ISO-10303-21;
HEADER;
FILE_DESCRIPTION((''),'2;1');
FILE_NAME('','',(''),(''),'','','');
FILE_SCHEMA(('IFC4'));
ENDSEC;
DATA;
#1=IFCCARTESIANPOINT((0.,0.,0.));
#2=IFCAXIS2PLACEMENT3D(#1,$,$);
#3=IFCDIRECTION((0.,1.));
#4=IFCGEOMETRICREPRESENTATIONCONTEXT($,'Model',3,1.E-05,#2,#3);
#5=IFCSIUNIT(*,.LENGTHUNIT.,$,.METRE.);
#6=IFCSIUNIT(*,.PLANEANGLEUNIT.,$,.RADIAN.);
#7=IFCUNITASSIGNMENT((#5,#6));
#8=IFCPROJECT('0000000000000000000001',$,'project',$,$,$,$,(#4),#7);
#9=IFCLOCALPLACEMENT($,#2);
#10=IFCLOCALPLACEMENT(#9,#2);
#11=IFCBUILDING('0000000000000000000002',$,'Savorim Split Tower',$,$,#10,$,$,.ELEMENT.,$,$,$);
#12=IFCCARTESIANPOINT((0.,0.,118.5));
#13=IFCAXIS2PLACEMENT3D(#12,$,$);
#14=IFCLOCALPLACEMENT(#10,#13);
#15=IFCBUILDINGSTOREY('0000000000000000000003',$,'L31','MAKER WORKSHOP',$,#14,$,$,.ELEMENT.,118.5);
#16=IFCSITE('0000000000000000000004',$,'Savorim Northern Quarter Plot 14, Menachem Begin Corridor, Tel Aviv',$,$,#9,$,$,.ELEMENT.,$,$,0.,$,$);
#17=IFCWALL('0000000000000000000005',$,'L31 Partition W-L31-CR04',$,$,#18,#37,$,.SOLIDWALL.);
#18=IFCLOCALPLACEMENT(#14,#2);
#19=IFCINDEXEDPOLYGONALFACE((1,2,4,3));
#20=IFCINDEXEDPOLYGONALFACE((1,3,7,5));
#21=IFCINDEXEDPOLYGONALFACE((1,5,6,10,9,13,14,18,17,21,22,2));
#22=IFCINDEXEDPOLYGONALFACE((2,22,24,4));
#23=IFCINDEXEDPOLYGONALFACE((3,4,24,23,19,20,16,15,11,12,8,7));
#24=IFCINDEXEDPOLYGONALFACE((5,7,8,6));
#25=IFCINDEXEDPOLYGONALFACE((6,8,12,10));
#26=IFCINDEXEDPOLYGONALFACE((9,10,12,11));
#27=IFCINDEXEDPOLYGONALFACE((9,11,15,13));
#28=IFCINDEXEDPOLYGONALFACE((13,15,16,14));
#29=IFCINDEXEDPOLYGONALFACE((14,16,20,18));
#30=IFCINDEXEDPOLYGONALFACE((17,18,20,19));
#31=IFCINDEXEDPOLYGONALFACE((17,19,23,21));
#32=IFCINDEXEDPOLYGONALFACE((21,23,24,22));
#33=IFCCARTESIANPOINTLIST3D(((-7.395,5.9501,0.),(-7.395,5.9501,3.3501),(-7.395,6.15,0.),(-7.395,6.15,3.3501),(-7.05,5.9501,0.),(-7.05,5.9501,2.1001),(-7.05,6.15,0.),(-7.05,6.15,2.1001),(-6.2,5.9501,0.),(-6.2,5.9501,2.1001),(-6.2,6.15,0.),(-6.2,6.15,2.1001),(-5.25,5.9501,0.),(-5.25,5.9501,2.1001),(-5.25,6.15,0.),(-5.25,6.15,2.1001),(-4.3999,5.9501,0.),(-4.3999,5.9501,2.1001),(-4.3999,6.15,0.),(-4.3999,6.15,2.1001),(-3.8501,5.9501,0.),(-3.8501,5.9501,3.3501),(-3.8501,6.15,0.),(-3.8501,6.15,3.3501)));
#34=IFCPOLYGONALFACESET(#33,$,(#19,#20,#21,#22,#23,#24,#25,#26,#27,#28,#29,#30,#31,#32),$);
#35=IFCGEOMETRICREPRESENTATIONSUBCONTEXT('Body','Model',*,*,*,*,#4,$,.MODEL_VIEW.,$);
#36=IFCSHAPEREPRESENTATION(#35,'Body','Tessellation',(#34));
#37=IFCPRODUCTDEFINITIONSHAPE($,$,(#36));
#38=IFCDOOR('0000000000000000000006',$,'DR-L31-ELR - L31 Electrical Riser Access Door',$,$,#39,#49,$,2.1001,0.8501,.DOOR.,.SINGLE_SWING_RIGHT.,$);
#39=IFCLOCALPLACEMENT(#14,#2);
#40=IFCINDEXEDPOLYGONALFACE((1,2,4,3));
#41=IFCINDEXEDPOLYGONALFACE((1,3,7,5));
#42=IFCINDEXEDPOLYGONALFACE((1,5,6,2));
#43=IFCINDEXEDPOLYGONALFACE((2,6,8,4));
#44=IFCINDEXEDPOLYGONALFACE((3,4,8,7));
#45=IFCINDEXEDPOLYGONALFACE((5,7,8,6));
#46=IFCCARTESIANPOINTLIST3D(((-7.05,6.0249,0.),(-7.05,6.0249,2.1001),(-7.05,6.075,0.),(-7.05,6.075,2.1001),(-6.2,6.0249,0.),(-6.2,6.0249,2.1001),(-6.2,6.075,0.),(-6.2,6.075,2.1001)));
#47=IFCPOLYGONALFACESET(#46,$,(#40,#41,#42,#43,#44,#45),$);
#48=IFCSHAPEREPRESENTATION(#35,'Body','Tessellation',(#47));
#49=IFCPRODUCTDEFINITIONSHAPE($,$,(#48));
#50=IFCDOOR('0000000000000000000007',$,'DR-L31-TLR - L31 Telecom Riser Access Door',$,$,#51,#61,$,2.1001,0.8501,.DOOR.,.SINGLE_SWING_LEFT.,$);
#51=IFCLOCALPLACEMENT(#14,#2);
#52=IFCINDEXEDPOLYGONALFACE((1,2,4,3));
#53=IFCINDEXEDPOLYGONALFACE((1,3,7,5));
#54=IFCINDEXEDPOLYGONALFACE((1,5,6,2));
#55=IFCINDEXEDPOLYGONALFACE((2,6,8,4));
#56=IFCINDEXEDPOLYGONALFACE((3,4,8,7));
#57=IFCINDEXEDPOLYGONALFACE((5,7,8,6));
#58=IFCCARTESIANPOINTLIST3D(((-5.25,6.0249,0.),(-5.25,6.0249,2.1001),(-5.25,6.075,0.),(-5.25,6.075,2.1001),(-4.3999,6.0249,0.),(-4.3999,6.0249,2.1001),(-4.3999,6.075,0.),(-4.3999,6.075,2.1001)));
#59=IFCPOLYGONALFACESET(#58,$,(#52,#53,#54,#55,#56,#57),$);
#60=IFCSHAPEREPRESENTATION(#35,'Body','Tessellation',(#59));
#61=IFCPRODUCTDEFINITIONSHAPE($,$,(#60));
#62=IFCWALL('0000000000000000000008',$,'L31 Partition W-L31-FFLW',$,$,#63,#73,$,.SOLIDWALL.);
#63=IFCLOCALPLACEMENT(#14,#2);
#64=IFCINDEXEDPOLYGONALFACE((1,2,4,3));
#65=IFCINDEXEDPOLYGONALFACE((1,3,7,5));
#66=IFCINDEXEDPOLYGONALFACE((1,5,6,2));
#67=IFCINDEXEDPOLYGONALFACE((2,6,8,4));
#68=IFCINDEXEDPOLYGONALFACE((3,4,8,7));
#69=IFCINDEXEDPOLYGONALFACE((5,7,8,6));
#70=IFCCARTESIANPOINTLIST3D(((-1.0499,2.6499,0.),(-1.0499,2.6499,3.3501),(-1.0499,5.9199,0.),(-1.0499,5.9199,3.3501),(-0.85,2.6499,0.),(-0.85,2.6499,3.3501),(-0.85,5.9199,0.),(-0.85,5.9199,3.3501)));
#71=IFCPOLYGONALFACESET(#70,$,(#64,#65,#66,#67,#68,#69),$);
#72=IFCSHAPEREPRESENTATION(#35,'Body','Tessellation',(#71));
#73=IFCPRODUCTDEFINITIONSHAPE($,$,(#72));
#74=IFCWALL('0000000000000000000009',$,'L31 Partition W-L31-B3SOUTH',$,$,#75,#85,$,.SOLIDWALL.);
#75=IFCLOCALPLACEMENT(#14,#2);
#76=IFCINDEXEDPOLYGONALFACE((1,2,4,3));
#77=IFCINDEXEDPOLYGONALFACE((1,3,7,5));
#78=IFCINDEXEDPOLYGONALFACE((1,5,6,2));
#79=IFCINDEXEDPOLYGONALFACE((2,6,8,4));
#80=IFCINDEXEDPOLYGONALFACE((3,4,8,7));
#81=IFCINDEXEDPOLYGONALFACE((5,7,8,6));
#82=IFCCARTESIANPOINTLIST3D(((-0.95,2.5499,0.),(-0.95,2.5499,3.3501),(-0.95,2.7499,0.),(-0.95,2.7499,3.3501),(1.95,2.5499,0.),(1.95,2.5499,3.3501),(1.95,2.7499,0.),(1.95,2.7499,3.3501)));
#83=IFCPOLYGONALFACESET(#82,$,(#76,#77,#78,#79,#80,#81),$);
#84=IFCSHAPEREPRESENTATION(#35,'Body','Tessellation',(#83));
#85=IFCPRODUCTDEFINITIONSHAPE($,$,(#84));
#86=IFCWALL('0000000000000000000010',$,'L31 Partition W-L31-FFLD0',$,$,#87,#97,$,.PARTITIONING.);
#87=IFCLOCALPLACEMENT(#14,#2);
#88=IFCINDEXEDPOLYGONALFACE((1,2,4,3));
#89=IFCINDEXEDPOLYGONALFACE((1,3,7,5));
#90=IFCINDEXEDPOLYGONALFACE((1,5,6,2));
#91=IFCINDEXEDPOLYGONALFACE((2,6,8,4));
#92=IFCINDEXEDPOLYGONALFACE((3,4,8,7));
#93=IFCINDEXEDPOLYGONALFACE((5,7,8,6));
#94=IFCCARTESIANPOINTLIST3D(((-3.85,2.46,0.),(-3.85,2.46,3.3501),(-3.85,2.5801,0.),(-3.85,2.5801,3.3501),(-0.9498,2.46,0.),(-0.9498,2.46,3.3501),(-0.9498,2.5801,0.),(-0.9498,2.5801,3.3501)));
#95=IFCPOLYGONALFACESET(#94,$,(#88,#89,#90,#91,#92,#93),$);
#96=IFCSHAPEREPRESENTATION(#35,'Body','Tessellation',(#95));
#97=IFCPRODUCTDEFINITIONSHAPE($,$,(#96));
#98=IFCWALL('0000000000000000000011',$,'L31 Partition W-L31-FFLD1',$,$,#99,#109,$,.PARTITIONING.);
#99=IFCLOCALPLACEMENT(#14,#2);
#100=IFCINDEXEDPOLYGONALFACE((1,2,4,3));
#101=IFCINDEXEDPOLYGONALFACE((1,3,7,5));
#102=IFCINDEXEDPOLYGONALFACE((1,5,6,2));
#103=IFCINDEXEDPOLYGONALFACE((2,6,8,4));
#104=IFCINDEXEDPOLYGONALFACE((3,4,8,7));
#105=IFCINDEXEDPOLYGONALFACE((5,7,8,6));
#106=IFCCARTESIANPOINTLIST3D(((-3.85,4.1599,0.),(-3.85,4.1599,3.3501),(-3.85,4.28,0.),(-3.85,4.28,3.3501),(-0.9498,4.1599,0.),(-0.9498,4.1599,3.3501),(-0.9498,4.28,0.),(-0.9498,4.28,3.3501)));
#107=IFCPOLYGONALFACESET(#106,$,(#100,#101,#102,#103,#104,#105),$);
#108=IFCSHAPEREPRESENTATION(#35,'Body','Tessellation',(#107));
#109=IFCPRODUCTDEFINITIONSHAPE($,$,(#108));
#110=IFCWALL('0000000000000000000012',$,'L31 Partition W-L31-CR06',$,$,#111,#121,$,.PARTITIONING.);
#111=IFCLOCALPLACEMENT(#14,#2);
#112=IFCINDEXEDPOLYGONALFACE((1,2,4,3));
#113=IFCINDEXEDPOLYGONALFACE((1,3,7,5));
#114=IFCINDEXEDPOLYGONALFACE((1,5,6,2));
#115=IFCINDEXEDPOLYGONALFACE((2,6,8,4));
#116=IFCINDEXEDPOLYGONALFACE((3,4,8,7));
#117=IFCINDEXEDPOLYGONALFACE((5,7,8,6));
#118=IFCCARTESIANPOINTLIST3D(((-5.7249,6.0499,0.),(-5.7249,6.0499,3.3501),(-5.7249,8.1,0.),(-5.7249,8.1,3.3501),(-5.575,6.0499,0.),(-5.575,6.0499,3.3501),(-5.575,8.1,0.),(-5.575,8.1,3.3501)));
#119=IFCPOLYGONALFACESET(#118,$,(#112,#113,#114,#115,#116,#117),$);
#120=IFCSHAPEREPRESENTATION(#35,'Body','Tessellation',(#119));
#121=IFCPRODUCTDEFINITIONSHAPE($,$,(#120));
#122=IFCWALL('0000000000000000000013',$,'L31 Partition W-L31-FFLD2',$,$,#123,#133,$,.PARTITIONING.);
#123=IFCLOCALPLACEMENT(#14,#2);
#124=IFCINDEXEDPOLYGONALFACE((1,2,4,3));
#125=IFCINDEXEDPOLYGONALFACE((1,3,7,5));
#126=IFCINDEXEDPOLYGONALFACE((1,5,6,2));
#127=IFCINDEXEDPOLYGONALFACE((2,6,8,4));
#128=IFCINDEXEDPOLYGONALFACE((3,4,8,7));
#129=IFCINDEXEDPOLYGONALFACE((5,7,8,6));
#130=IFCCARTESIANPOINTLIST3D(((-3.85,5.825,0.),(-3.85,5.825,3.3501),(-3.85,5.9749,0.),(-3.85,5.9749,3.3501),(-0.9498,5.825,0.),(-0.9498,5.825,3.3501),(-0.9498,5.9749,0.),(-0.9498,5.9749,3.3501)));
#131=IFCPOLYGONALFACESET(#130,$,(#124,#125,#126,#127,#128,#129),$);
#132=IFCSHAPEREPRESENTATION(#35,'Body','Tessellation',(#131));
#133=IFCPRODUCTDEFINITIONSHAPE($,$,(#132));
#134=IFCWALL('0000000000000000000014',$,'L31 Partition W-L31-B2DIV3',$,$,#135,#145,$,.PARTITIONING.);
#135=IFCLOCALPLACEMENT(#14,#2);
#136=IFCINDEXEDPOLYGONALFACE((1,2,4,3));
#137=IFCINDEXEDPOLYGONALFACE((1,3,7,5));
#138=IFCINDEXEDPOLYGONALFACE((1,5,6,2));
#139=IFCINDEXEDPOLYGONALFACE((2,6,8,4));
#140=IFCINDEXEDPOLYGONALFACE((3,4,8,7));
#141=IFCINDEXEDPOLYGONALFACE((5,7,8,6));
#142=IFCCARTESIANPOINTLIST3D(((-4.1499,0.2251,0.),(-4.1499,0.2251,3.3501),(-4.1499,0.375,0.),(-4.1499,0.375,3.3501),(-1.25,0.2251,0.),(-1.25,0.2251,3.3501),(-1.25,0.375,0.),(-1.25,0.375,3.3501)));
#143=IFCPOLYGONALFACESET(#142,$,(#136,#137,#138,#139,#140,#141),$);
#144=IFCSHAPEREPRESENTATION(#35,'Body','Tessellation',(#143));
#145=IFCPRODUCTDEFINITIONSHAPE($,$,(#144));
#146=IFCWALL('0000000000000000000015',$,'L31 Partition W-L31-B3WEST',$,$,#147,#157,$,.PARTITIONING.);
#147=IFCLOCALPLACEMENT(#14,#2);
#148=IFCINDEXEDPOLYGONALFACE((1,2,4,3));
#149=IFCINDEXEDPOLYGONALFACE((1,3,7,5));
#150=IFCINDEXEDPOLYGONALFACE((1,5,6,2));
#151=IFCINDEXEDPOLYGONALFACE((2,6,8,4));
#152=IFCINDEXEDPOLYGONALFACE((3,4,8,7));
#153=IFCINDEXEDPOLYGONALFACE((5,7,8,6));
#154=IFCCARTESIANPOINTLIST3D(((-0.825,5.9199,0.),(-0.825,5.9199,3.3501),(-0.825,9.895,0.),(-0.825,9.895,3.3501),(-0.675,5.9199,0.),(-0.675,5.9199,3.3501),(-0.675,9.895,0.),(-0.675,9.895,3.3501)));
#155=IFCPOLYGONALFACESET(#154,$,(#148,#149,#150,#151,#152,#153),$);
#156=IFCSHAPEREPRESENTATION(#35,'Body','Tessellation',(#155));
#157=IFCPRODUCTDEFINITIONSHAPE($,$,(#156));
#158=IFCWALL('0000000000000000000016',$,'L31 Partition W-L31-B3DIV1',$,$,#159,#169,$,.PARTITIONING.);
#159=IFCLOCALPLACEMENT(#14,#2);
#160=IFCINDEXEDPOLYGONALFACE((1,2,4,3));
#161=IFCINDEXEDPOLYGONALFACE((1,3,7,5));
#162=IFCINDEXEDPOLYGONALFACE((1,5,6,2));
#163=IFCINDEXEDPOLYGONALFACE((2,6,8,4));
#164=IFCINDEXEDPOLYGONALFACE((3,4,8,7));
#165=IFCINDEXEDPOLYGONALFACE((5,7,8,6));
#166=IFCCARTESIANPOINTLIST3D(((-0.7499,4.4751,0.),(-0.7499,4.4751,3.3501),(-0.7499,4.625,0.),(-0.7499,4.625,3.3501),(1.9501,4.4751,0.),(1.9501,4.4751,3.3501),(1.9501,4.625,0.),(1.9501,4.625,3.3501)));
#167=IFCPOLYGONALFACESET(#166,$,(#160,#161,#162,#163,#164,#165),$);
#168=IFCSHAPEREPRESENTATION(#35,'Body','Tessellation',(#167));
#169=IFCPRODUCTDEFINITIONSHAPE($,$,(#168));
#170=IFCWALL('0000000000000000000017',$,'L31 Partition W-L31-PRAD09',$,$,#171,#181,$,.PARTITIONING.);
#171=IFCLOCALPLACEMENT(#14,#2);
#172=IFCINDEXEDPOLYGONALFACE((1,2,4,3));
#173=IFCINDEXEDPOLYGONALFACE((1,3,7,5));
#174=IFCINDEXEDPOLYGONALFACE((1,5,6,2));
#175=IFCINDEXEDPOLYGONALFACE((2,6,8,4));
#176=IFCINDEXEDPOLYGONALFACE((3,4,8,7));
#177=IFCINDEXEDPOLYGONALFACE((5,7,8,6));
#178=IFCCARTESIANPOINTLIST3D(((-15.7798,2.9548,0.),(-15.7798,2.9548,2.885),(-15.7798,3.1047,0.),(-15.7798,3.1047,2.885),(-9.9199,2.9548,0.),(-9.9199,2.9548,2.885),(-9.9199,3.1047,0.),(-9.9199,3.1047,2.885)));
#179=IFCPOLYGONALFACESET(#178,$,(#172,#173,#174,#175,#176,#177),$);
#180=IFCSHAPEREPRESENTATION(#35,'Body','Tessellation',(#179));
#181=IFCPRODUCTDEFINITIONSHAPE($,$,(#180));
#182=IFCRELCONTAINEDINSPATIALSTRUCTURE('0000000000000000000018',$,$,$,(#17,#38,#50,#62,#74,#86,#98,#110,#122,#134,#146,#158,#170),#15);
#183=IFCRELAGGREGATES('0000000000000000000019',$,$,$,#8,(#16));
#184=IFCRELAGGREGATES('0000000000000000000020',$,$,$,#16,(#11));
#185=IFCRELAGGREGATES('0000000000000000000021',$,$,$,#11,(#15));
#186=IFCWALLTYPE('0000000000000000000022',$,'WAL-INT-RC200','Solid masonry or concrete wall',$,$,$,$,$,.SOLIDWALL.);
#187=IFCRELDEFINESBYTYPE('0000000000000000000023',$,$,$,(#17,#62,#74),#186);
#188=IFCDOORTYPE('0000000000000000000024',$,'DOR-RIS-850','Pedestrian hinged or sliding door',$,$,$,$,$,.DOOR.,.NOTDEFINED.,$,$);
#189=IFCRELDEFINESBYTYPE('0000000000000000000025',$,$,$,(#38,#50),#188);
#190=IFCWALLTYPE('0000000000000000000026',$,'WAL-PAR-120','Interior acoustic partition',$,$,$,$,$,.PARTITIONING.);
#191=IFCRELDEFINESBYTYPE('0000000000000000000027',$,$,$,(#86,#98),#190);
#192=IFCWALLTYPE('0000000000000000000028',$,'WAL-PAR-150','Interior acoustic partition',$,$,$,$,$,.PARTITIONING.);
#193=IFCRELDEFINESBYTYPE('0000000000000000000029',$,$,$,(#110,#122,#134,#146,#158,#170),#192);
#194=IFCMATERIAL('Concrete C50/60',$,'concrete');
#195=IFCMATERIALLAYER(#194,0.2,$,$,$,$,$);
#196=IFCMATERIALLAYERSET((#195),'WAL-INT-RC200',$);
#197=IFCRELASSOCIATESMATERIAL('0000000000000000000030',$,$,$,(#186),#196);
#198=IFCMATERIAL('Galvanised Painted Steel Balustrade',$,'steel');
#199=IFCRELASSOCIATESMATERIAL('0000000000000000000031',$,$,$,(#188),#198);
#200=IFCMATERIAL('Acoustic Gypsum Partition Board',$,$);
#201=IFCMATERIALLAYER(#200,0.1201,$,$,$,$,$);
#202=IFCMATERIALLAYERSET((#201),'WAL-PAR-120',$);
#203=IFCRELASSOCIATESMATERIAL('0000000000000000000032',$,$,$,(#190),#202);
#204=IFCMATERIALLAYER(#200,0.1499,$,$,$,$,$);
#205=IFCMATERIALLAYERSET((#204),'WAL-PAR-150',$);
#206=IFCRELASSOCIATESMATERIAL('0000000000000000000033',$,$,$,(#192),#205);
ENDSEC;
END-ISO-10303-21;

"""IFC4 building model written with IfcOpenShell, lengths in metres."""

from ifc_helpers import new_model, si_unit, direction, frame, frame_2d, origin, place, context, subcontext, project, spatial, rectangle, extrude, material, layer, layer_set, type_object, element, fill, save


model = new_model("IFC4")

# Units and contexts
model_context = context("Model", 3, precision=1e-05, world=origin(), true_north=direction((0.0, 1.0)))
body_context = subcontext(model_context, "Body", "Model", "MODEL_VIEW")
ifc_project = project(units=[si_unit("LENGTHUNIT", "METRE"), si_unit("PLANEANGLEUNIT", "RADIAN")], contexts=[model_context])

# Site, building, storey
site_placement = place(None, origin())
site = spatial("IfcSite", under=ifc_project, at=site_placement, Name="Savorim Northern Quarter Plot 14, Menachem Begin Corridor, Tel Aviv", CompositionType="ELEMENT", RefElevation=0.0)
building_placement = place(site_placement, origin())
building = spatial("IfcBuilding", under=site, at=building_placement, Name="Savorim Split Tower", CompositionType="ELEMENT")
storey_placement = place(building_placement, frame((0.0, 0.0, 118.5)))
storey = spatial("IfcBuildingStorey", under=building, at=storey_placement, Name="L31", Description="MAKER WORKSHOP", CompositionType="ELEMENT", Elevation=118.5)

# Shared definitions
ifc_material_1 = material(Name="Concrete C50/60", Category="concrete")
ifc_layer_1 = layer(ifc_material_1, 0.2)
ifc_layer_set_1 = layer_set([ifc_layer_1], Name="WAL-INT-RC200")
wall_type_1 = type_object("IfcWallType", Name="WAL-INT-RC200", Description="Solid masonry or concrete wall", PredefinedType="SOLIDWALL", material=ifc_layer_set_1)

# Wall, openings, doors
wall_1_placement = place(storey_placement, frame((-7.395, 6.05, 0.0), z_axis=(0.0, 0.0, 1.0), x_axis=(1.0, 0.0, 0.0)))
wall_1 = element("IfcWall", 1, at=wall_1_placement, inside=storey, type_object=wall_type_1, Name="L31 Partition W-L31-CR04", PredefinedType="SOLIDWALL", context=body_context, shape_type="SweptSolid", body=[
    extrude(rectangle(XDim=3.5449, YDim=0.2, at=frame_2d((1.7725, 0.0))), origin(), (0.0, 0.0, 1.0), 3.3501),
])
opening_1_placement = place(wall_1_placement, frame((0.345, 0.0, 0.0)))
opening_1 = element("IfcOpeningElement", 2, at=opening_1_placement, cuts=wall_1, PredefinedType="OPENING", context=body_context, shape_type="SweptSolid", body=[
    extrude(rectangle(XDim=0.8501, YDim=2.1001, at=frame_2d((0.425, 1.05))), frame((0.0, 0.1099, 0.0), z_axis=(0.0, -1.0, 0.0), x_axis=(1.0, 0.0, 0.0)), (0.0, 0.0, 1.0), 0.22),
])
opening_2_placement = place(wall_1_placement, frame((2.145, 0.0, 0.0)))
opening_2 = element("IfcOpeningElement", 3, at=opening_2_placement, cuts=wall_1, PredefinedType="OPENING", context=body_context, shape_type="SweptSolid", body=[
    extrude(rectangle(XDim=0.8501, YDim=2.1001, at=frame_2d((0.425, 1.05))), frame((0.0, 0.1099, 0.0), z_axis=(0.0, -1.0, 0.0), x_axis=(1.0, 0.0, 0.0)), (0.0, 0.0, 1.0), 0.22),
])
ifc_material_2 = material(Name="Galvanised Painted Steel Balustrade", Category="steel")
door_type_1 = type_object("IfcDoorType", Name="DOR-RIS-850", Description="Pedestrian hinged or sliding door", OperationType="NOTDEFINED", PredefinedType="DOOR", material=ifc_material_2)
door_1_placement = place(opening_1_placement, origin())
door_1 = element("IfcDoor", 4, at=door_1_placement, inside=storey, type_object=door_type_1, Name="DR-L31-ELR - L31 Electrical Riser Access Door", OperationType="SINGLE_SWING_RIGHT", OverallHeight=2.1001, OverallWidth=0.8501, PredefinedType="DOOR", context=body_context, shape_type="SweptSolid", body=[
    extrude(rectangle(XDim=0.8501, YDim=2.1001, at=frame_2d((0.425, 1.05))), frame((0.0, 0.0249, 0.0), z_axis=(0.0, -1.0, 0.0), x_axis=(1.0, 0.0, 0.0)), (0.0, 0.0, 1.0), 0.05),
])
fill(opening_1, door_1)
door_2_placement = place(opening_2_placement, origin())
door_2 = element("IfcDoor", 5, at=door_2_placement, inside=storey, type_object=door_type_1, Name="DR-L31-TLR - L31 Telecom Riser Access Door", OperationType="SINGLE_SWING_LEFT", OverallHeight=2.1001, OverallWidth=0.8501, PredefinedType="DOOR", context=body_context, shape_type="SweptSolid", body=[
    extrude(rectangle(XDim=0.8501, YDim=2.1001, at=frame_2d((0.425, 1.05))), frame((0.0, 0.0249, 0.0), z_axis=(0.0, -1.0, 0.0), x_axis=(1.0, 0.0, 0.0)), (0.0, 0.0, 1.0), 0.05),
])
fill(opening_2, door_2)

# Walls
wall_2_placement = place(storey_placement, frame((-0.95, 2.6499, 0.0), z_axis=(0.0, 0.0, 1.0), x_axis=(0.0, 1.0, 0.0)))
element("IfcWall", 6, at=wall_2_placement, inside=storey, type_object=wall_type_1, Name="L31 Partition W-L31-FFLW", PredefinedType="SOLIDWALL", context=body_context, shape_type="SweptSolid", body=[
    extrude(rectangle(XDim=3.27, YDim=0.2, at=frame_2d((1.635, 0.0))), origin(), (0.0, 0.0, 1.0), 3.3501),
])
wall_3_placement = place(storey_placement, frame((-0.95, 2.6499, 0.0), z_axis=(0.0, 0.0, 1.0), x_axis=(1.0, 0.0, 0.0)))
element("IfcWall", 7, at=wall_3_placement, inside=storey, type_object=wall_type_1, Name="L31 Partition W-L31-B3SOUTH", PredefinedType="SOLIDWALL", context=body_context, shape_type="SweptSolid", body=[
    extrude(rectangle(XDim=2.8999, YDim=0.2, at=frame_2d((1.45, 0.0))), origin(), (0.0, 0.0, 1.0), 3.3501),
])
ifc_material_3 = material(Name="Acoustic Gypsum Partition Board")
ifc_layer_2 = layer(ifc_material_3, 0.1201)
ifc_layer_set_2 = layer_set([ifc_layer_2], Name="WAL-PAR-120")
wall_type_2 = type_object("IfcWallType", Name="WAL-PAR-120", Description="Interior acoustic partition", PredefinedType="PARTITIONING", material=ifc_layer_set_2)
for number, where, z_axis, x_axis, name in (
    (8, (-3.8501, 2.52, 0.0), (0.0, 0.0, 1.0), (1.0, 0.0, 0.0), "L31 Partition W-L31-FFLD0"),
    (9, (-3.8501, 4.22, 0.0), (0.0, 0.0, 1.0), (1.0, 0.0, 0.0), "L31 Partition W-L31-FFLD1"),
):
    element("IfcWall", number, at=place(storey_placement, frame(where, z_axis=z_axis, x_axis=x_axis)), inside=storey, type_object=wall_type_2, Name=name, PredefinedType="PARTITIONING", context=body_context, shape_type="SweptSolid", body=[
        extrude(rectangle(XDim=2.9001, YDim=0.1201, at=frame_2d((1.4502, 0.0))), origin(), (0.0, 0.0, 1.0), 3.3501),
    ])
ifc_layer_3 = layer(ifc_material_3, 0.1499)
ifc_layer_set_3 = layer_set([ifc_layer_3], Name="WAL-PAR-150")
wall_type_3 = type_object("IfcWallType", Name="WAL-PAR-150", Description="Interior acoustic partition", PredefinedType="PARTITIONING", material=ifc_layer_set_3)
wall_4_placement = place(storey_placement, frame((-5.6499, 6.05, 0.0), z_axis=(0.0, 0.0, 1.0), x_axis=(0.0, 1.0, 0.0)))
element("IfcWall", 10, at=wall_4_placement, inside=storey, type_object=wall_type_3, Name="L31 Partition W-L31-CR06", PredefinedType="PARTITIONING", context=body_context, shape_type="SweptSolid", body=[
    extrude(rectangle(XDim=2.05, YDim=0.1499, at=frame_2d((1.0249, 0.0))), origin(), (0.0, 0.0, 1.0), 3.3501),
])
wall_5_placement = place(storey_placement, frame((-3.8501, 5.8999, 0.0), z_axis=(0.0, 0.0, 1.0), x_axis=(1.0, 0.0, 0.0)))
element("IfcWall", 11, at=wall_5_placement, inside=storey, type_object=wall_type_3, Name="L31 Partition W-L31-FFLD2", PredefinedType="PARTITIONING", context=body_context, shape_type="SweptSolid", body=[
    extrude(rectangle(XDim=2.9001, YDim=0.1499, at=frame_2d((1.4502, 0.0))), origin(), (0.0, 0.0, 1.0), 3.3501),
])
wall_6_placement = place(storey_placement, frame((-4.1499, 0.3, 0.0), z_axis=(0.0, 0.0, 1.0), x_axis=(1.0, 0.0, 0.0)))
element("IfcWall", 12, at=wall_6_placement, inside=storey, type_object=wall_type_3, Name="L31 Partition W-L31-B2DIV3", PredefinedType="PARTITIONING", context=body_context, shape_type="SweptSolid", body=[
    extrude(rectangle(XDim=2.8999, YDim=0.1499, at=frame_2d((1.45, 0.0))), origin(), (0.0, 0.0, 1.0), 3.3501),
])
wall_7_placement = place(storey_placement, frame((-0.75, 5.9199, 0.0), z_axis=(0.0, 0.0, 1.0), x_axis=(0.0, 1.0, 0.0)))
element("IfcWall", 13, at=wall_7_placement, inside=storey, type_object=wall_type_3, Name="L31 Partition W-L31-B3WEST", PredefinedType="PARTITIONING", context=body_context, shape_type="SweptSolid", body=[
    extrude(rectangle(XDim=3.9751, YDim=0.1499, at=frame_2d((1.9875, 0.0))), origin(), (0.0, 0.0, 1.0), 3.3501),
])
wall_8_placement = place(storey_placement, frame((-0.75, 4.55, 0.0), z_axis=(0.0, 0.0, 1.0), x_axis=(1.0, 0.0, 0.0)))
element("IfcWall", 14, at=wall_8_placement, inside=storey, type_object=wall_type_3, Name="L31 Partition W-L31-B3DIV1", PredefinedType="PARTITIONING", context=body_context, shape_type="SweptSolid", body=[
    extrude(rectangle(XDim=2.7, YDim=0.1499, at=frame_2d((1.3501, 0.0))), origin(), (0.0, 0.0, 1.0), 3.3501),
])
wall_9_placement = place(storey_placement, frame((-9.9199, 3.0298, 0.0), z_axis=(0.0, 0.0, 1.0), x_axis=(-1.0, 0.0, 0.0)))
element("IfcWall", 15, at=wall_9_placement, inside=storey, type_object=wall_type_3, Name="L31 Partition W-L31-PRAD09", PredefinedType="PARTITIONING", context=body_context, shape_type="SweptSolid", body=[
    extrude(rectangle(XDim=5.8599, YDim=0.1499, at=frame_2d((2.9299, 0.0))), origin(), (0.0, 0.0, 1.0), 2.885),
])

save(model, "model.ifc")
